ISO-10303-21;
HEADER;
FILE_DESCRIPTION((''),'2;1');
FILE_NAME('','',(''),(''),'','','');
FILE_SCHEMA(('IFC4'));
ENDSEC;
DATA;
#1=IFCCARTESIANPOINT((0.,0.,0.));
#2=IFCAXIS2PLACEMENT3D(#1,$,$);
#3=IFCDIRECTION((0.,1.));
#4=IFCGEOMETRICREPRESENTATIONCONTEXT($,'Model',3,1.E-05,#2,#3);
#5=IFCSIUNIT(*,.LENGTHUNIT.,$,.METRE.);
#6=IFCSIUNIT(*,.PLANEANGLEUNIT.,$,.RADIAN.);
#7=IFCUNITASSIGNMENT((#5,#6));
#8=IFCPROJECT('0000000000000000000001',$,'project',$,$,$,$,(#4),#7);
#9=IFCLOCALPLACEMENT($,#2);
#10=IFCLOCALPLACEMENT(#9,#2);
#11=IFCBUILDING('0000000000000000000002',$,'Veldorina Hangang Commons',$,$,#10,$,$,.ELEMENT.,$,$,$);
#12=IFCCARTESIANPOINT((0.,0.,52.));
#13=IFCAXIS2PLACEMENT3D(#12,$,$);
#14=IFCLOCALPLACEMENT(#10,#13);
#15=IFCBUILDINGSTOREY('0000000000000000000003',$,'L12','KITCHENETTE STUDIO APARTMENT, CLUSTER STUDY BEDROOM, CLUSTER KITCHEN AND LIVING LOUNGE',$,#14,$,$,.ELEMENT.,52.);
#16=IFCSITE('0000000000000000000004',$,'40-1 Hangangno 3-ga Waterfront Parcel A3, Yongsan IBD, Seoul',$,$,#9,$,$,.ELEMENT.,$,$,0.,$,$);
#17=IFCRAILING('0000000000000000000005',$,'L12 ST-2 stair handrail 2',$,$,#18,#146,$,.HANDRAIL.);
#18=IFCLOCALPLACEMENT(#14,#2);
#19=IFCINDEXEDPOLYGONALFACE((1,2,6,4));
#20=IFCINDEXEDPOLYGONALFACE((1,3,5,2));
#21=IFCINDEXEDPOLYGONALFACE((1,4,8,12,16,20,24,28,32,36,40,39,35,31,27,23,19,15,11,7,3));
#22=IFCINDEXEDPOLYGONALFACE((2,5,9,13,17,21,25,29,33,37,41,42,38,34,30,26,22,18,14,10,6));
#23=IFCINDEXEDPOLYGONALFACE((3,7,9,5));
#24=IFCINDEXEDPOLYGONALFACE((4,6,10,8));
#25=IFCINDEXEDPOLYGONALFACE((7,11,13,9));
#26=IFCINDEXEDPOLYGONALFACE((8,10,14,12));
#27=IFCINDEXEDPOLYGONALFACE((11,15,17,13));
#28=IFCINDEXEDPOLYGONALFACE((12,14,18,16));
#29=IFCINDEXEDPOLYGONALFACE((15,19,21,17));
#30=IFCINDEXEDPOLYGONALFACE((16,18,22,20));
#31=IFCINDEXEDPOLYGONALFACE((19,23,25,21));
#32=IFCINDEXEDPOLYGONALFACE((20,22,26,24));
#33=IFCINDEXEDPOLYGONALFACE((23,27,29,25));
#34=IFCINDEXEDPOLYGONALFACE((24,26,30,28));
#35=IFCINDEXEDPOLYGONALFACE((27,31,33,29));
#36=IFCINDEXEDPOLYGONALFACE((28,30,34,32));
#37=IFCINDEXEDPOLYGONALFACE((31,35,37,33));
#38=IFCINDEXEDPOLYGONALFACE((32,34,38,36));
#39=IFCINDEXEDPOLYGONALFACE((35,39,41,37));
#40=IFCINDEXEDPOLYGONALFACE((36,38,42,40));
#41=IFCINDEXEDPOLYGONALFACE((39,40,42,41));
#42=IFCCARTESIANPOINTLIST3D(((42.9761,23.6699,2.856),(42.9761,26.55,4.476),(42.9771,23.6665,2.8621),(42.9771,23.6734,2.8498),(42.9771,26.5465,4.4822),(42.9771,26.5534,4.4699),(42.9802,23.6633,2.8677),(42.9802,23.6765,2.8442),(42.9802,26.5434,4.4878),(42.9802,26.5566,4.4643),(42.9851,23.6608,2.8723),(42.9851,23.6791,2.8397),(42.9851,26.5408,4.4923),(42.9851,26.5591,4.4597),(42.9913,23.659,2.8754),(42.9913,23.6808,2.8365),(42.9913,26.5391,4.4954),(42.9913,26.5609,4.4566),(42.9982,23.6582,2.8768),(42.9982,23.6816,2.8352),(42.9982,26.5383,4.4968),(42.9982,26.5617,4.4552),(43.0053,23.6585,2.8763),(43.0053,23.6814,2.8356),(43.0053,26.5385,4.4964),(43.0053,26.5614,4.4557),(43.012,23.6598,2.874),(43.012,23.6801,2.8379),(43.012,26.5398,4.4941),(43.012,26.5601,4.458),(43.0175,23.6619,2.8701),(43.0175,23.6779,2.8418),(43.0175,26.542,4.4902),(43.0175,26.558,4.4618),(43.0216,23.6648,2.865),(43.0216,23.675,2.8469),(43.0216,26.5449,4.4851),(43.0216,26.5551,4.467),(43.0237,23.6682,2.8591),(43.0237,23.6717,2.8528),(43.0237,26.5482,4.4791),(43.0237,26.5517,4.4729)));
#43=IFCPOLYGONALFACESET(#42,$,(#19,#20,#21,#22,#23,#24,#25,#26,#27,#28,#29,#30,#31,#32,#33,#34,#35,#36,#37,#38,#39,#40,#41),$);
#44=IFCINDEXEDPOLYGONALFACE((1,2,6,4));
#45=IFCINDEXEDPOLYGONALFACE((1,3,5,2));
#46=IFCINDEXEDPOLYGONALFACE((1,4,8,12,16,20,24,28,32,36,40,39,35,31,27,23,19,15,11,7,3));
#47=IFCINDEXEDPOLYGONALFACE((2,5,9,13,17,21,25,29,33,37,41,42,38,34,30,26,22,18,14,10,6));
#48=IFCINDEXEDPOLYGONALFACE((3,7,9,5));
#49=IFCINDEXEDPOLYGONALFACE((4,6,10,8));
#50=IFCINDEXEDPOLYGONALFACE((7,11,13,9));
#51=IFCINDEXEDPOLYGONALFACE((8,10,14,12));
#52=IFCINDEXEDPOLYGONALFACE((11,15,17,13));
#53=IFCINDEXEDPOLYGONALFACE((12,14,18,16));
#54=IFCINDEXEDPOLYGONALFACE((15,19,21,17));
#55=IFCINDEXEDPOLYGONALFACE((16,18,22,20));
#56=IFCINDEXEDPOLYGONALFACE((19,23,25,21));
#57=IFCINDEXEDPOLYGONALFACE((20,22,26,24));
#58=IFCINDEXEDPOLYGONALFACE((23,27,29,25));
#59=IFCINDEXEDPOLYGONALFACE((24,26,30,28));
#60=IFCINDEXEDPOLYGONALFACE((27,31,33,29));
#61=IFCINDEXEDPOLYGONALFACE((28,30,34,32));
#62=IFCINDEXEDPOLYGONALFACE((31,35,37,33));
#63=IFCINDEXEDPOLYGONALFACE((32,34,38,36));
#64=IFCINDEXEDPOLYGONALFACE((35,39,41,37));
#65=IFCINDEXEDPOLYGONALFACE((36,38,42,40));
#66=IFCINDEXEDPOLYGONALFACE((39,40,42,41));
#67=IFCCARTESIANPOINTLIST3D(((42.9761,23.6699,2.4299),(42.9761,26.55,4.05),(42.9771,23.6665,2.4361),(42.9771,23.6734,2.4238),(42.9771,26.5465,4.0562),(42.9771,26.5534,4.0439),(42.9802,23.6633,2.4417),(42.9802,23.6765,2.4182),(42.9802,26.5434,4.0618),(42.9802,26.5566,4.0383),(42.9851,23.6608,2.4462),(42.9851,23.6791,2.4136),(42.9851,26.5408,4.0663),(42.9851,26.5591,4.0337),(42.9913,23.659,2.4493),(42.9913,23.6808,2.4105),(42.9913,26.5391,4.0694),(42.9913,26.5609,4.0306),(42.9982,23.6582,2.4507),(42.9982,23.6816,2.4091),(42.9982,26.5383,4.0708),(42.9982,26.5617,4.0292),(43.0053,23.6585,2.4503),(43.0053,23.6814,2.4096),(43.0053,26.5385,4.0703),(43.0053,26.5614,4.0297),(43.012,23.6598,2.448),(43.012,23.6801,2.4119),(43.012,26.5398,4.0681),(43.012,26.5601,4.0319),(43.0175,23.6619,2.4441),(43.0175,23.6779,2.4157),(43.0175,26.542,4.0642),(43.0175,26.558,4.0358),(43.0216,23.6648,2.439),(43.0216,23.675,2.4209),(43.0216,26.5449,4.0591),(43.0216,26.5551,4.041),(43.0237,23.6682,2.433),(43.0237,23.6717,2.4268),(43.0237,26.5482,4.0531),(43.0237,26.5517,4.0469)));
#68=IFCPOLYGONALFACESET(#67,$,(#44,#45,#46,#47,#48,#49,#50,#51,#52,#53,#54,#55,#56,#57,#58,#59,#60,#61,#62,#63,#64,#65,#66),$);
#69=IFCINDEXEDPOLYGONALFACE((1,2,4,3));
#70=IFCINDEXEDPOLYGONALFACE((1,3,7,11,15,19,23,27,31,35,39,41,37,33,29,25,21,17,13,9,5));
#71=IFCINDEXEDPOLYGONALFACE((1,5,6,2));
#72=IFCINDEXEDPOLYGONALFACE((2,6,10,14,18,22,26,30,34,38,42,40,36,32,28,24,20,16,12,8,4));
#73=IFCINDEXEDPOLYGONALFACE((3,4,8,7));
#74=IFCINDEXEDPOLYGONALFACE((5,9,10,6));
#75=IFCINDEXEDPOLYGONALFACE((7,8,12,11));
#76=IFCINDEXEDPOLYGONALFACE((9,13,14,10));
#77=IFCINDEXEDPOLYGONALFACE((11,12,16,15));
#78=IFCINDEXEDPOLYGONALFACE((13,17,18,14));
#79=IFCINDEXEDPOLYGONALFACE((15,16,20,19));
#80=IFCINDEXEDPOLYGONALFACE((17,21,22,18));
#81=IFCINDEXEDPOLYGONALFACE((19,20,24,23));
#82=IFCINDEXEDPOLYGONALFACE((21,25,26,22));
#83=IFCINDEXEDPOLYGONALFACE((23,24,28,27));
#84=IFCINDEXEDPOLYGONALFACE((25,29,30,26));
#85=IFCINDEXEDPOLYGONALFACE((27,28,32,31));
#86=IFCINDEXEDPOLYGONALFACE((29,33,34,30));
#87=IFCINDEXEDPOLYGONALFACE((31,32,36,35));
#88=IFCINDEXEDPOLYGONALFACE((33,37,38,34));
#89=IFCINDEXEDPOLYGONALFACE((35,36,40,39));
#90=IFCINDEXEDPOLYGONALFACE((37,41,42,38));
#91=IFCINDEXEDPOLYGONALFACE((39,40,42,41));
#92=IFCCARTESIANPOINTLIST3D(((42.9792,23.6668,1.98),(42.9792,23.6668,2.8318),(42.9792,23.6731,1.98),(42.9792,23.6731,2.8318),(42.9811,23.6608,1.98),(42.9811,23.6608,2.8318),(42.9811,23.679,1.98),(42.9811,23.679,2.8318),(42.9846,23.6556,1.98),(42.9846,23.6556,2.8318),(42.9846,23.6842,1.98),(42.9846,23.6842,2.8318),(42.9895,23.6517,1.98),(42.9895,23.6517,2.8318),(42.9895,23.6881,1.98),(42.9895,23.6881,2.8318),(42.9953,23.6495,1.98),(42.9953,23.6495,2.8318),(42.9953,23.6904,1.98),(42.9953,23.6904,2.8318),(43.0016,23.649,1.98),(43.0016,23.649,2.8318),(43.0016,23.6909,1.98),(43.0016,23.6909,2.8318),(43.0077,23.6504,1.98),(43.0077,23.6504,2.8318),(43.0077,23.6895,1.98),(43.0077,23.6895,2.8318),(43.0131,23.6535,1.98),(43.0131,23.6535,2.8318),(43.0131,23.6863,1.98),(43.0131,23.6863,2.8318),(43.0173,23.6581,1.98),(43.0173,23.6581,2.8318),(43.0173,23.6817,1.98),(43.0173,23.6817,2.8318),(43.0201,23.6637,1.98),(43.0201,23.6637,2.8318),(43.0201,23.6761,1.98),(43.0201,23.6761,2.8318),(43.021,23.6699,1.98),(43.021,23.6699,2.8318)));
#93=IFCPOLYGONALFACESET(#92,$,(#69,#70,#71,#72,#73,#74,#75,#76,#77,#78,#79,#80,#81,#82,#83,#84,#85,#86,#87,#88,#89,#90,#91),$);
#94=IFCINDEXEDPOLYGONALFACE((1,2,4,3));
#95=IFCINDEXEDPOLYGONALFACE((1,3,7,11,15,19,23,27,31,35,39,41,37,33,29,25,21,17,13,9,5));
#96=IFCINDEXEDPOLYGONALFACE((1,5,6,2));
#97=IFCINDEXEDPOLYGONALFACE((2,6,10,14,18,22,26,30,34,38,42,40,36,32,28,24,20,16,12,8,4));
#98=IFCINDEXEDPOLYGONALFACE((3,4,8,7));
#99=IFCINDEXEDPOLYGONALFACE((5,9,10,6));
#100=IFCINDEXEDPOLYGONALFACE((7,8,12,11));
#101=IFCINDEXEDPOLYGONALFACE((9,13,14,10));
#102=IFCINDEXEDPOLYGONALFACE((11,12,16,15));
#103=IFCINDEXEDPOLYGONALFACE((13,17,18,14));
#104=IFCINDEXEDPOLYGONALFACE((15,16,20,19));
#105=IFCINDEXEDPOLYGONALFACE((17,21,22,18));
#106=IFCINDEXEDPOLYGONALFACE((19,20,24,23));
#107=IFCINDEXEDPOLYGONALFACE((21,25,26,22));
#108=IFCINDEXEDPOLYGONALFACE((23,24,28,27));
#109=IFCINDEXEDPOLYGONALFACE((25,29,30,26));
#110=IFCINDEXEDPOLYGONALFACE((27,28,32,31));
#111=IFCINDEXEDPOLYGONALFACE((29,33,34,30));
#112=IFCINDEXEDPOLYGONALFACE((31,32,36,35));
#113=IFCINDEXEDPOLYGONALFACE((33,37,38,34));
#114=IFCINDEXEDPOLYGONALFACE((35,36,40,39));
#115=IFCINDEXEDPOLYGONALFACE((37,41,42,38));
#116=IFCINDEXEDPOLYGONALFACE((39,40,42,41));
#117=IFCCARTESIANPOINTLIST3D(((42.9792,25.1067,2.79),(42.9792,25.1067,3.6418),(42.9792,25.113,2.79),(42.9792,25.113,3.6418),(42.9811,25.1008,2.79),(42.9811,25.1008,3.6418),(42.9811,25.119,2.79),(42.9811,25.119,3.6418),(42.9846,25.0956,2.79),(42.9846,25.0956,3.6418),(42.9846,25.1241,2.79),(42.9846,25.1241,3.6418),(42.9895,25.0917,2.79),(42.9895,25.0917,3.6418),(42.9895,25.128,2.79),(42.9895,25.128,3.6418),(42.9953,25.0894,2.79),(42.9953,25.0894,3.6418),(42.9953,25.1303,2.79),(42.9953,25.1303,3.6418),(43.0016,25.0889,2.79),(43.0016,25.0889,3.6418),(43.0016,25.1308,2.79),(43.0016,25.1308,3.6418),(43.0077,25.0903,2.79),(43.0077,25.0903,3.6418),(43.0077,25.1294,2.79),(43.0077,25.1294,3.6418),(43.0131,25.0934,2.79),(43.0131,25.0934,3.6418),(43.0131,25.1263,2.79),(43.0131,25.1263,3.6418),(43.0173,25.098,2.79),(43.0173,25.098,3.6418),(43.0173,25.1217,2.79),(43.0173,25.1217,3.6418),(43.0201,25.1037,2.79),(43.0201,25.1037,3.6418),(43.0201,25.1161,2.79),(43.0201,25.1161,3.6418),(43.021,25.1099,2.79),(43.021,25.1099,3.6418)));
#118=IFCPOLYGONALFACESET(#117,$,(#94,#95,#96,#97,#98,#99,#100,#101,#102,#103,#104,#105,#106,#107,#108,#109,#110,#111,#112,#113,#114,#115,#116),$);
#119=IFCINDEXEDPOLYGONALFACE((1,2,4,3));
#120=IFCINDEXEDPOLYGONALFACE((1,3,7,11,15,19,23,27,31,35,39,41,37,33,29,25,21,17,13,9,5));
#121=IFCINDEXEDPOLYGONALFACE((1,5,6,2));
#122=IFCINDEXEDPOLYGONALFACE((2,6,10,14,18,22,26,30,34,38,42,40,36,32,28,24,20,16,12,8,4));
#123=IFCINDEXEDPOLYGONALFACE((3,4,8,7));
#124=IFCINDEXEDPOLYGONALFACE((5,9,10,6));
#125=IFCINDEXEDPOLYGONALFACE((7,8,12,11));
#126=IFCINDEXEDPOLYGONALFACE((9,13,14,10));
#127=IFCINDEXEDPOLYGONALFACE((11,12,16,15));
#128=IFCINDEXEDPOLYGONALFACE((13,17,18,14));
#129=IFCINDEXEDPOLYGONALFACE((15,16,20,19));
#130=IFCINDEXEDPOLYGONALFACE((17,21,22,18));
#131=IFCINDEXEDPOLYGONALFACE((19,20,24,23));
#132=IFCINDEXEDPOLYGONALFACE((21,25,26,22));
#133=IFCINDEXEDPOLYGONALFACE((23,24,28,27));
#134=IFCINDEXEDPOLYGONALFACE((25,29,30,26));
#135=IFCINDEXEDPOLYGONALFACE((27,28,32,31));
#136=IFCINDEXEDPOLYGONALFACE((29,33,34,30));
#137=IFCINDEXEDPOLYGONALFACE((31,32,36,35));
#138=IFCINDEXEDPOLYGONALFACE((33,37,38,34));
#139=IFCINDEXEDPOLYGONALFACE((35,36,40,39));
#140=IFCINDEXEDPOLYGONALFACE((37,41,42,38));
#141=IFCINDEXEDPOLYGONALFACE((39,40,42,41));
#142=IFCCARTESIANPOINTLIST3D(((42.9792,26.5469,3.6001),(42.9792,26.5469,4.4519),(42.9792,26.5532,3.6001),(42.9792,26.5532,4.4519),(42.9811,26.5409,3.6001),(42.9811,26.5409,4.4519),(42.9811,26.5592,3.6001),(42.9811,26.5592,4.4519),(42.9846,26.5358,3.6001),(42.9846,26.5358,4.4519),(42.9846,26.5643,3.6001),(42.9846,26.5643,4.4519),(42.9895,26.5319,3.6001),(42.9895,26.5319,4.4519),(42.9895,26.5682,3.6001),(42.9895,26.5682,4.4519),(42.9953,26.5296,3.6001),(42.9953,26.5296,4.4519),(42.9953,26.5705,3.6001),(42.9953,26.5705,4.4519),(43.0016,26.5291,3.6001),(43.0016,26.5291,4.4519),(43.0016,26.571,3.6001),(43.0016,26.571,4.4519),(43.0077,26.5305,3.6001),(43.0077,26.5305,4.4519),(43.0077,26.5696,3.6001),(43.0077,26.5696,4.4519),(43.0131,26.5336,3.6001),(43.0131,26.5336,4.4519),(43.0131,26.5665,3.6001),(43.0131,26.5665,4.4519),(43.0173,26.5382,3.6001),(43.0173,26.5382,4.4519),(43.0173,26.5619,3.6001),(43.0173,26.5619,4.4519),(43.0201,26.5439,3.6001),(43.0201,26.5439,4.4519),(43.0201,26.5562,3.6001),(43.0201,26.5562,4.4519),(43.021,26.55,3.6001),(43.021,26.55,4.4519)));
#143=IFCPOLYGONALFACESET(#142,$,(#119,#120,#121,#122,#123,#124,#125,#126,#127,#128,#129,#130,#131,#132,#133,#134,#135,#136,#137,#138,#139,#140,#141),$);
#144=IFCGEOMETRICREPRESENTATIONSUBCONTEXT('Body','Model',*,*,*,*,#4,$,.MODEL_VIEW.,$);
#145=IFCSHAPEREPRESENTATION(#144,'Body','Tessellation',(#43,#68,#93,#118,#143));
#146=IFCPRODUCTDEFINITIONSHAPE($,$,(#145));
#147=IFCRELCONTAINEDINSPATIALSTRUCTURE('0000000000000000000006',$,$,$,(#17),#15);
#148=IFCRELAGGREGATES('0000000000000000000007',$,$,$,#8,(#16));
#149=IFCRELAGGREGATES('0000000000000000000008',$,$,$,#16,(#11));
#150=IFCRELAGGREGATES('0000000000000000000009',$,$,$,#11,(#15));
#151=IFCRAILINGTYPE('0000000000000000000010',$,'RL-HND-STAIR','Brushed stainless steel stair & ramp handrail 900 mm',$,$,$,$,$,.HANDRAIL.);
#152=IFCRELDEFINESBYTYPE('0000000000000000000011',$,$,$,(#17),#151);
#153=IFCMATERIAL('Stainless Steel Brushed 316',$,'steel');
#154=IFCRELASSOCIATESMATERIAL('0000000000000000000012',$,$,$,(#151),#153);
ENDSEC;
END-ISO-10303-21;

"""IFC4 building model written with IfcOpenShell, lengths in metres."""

from ifc_helpers import new_model, si_unit, direction, frame, origin, origin_2d, place, context, subcontext, project, spatial, circle, extrude, material, type_object, element, save


model = new_model("IFC4")

# Units and contexts
model_context = context("Model", 3, precision=1e-05, world=origin(), true_north=direction((0.0, 1.0)))
body_context = subcontext(model_context, "Body", "Model", "MODEL_VIEW")
ifc_project = project(units=[si_unit("LENGTHUNIT", "METRE"), si_unit("PLANEANGLEUNIT", "RADIAN")], contexts=[model_context])

# Site, building, storey
site_placement = place(None, origin())
site = spatial("IfcSite", under=ifc_project, at=site_placement, Name="40-1 Hangangno 3-ga Waterfront Parcel A3, Yongsan IBD, Seoul", CompositionType="ELEMENT", RefElevation=0.0)
building_placement = place(site_placement, origin())
building = spatial("IfcBuilding", under=site, at=building_placement, Name="Veldorina Hangang Commons", CompositionType="ELEMENT")
storey_placement = place(building_placement, frame((0.0, 0.0, 52.0)))
storey = spatial("IfcBuildingStorey", under=building, at=storey_placement, Name="L12", Description="KITCHENETTE STUDIO APARTMENT, CLUSTER STUDY BEDROOM, CLUSTER KITCHEN AND LIVING LOUNGE", CompositionType="ELEMENT", Elevation=52.0)

# Railing
ifc_material_1 = material(Name="Stainless Steel Brushed 316", Category="steel")
railing_type_1 = type_object("IfcRailingType", Name="RL-HND-STAIR", Description="Brushed stainless steel stair & ramp handrail 900 mm", PredefinedType="HANDRAIL", material=ifc_material_1)
railing_1_placement = place(storey_placement, frame((43.0, 23.6699, 1.98)))
element("IfcRailing", 1, at=railing_1_placement, inside=storey, type_object=railing_type_1, Name="L12 ST-2 stair handrail 2", PredefinedType="HANDRAIL", context=body_context, shape_type="SweptSolid", body=[
    extrude(circle(Radius=0.0239, at=origin_2d()), frame((0.0, 0.0, 0.876), z_axis=(0.0, 0.87157, 0.490272), x_axis=(-1.0, 0.0, 0.0)), (0.0, 0.0, 1.0), 3.3044),
    extrude(circle(Radius=0.0239, at=origin_2d()), frame((0.0, 0.0, 0.45), z_axis=(0.0, 0.87157, 0.490272), x_axis=(-1.0, 0.0, 0.0)), (0.0, 0.0, 1.0), 3.3044),
    extrude(circle(Radius=0.021, at=origin_2d()), origin(), (0.0, 0.0, 1.0), 0.8518),
    extrude(circle(Radius=0.021, at=origin_2d()), frame((0.0, 1.4399, 0.8101)), (0.0, 0.0, 1.0), 0.8518),
    extrude(circle(Radius=0.021, at=origin_2d()), frame((0.0, 2.8801, 1.6201)), (0.0, 0.0, 1.0), 0.8518),
])

save(model, "model.ifc")
